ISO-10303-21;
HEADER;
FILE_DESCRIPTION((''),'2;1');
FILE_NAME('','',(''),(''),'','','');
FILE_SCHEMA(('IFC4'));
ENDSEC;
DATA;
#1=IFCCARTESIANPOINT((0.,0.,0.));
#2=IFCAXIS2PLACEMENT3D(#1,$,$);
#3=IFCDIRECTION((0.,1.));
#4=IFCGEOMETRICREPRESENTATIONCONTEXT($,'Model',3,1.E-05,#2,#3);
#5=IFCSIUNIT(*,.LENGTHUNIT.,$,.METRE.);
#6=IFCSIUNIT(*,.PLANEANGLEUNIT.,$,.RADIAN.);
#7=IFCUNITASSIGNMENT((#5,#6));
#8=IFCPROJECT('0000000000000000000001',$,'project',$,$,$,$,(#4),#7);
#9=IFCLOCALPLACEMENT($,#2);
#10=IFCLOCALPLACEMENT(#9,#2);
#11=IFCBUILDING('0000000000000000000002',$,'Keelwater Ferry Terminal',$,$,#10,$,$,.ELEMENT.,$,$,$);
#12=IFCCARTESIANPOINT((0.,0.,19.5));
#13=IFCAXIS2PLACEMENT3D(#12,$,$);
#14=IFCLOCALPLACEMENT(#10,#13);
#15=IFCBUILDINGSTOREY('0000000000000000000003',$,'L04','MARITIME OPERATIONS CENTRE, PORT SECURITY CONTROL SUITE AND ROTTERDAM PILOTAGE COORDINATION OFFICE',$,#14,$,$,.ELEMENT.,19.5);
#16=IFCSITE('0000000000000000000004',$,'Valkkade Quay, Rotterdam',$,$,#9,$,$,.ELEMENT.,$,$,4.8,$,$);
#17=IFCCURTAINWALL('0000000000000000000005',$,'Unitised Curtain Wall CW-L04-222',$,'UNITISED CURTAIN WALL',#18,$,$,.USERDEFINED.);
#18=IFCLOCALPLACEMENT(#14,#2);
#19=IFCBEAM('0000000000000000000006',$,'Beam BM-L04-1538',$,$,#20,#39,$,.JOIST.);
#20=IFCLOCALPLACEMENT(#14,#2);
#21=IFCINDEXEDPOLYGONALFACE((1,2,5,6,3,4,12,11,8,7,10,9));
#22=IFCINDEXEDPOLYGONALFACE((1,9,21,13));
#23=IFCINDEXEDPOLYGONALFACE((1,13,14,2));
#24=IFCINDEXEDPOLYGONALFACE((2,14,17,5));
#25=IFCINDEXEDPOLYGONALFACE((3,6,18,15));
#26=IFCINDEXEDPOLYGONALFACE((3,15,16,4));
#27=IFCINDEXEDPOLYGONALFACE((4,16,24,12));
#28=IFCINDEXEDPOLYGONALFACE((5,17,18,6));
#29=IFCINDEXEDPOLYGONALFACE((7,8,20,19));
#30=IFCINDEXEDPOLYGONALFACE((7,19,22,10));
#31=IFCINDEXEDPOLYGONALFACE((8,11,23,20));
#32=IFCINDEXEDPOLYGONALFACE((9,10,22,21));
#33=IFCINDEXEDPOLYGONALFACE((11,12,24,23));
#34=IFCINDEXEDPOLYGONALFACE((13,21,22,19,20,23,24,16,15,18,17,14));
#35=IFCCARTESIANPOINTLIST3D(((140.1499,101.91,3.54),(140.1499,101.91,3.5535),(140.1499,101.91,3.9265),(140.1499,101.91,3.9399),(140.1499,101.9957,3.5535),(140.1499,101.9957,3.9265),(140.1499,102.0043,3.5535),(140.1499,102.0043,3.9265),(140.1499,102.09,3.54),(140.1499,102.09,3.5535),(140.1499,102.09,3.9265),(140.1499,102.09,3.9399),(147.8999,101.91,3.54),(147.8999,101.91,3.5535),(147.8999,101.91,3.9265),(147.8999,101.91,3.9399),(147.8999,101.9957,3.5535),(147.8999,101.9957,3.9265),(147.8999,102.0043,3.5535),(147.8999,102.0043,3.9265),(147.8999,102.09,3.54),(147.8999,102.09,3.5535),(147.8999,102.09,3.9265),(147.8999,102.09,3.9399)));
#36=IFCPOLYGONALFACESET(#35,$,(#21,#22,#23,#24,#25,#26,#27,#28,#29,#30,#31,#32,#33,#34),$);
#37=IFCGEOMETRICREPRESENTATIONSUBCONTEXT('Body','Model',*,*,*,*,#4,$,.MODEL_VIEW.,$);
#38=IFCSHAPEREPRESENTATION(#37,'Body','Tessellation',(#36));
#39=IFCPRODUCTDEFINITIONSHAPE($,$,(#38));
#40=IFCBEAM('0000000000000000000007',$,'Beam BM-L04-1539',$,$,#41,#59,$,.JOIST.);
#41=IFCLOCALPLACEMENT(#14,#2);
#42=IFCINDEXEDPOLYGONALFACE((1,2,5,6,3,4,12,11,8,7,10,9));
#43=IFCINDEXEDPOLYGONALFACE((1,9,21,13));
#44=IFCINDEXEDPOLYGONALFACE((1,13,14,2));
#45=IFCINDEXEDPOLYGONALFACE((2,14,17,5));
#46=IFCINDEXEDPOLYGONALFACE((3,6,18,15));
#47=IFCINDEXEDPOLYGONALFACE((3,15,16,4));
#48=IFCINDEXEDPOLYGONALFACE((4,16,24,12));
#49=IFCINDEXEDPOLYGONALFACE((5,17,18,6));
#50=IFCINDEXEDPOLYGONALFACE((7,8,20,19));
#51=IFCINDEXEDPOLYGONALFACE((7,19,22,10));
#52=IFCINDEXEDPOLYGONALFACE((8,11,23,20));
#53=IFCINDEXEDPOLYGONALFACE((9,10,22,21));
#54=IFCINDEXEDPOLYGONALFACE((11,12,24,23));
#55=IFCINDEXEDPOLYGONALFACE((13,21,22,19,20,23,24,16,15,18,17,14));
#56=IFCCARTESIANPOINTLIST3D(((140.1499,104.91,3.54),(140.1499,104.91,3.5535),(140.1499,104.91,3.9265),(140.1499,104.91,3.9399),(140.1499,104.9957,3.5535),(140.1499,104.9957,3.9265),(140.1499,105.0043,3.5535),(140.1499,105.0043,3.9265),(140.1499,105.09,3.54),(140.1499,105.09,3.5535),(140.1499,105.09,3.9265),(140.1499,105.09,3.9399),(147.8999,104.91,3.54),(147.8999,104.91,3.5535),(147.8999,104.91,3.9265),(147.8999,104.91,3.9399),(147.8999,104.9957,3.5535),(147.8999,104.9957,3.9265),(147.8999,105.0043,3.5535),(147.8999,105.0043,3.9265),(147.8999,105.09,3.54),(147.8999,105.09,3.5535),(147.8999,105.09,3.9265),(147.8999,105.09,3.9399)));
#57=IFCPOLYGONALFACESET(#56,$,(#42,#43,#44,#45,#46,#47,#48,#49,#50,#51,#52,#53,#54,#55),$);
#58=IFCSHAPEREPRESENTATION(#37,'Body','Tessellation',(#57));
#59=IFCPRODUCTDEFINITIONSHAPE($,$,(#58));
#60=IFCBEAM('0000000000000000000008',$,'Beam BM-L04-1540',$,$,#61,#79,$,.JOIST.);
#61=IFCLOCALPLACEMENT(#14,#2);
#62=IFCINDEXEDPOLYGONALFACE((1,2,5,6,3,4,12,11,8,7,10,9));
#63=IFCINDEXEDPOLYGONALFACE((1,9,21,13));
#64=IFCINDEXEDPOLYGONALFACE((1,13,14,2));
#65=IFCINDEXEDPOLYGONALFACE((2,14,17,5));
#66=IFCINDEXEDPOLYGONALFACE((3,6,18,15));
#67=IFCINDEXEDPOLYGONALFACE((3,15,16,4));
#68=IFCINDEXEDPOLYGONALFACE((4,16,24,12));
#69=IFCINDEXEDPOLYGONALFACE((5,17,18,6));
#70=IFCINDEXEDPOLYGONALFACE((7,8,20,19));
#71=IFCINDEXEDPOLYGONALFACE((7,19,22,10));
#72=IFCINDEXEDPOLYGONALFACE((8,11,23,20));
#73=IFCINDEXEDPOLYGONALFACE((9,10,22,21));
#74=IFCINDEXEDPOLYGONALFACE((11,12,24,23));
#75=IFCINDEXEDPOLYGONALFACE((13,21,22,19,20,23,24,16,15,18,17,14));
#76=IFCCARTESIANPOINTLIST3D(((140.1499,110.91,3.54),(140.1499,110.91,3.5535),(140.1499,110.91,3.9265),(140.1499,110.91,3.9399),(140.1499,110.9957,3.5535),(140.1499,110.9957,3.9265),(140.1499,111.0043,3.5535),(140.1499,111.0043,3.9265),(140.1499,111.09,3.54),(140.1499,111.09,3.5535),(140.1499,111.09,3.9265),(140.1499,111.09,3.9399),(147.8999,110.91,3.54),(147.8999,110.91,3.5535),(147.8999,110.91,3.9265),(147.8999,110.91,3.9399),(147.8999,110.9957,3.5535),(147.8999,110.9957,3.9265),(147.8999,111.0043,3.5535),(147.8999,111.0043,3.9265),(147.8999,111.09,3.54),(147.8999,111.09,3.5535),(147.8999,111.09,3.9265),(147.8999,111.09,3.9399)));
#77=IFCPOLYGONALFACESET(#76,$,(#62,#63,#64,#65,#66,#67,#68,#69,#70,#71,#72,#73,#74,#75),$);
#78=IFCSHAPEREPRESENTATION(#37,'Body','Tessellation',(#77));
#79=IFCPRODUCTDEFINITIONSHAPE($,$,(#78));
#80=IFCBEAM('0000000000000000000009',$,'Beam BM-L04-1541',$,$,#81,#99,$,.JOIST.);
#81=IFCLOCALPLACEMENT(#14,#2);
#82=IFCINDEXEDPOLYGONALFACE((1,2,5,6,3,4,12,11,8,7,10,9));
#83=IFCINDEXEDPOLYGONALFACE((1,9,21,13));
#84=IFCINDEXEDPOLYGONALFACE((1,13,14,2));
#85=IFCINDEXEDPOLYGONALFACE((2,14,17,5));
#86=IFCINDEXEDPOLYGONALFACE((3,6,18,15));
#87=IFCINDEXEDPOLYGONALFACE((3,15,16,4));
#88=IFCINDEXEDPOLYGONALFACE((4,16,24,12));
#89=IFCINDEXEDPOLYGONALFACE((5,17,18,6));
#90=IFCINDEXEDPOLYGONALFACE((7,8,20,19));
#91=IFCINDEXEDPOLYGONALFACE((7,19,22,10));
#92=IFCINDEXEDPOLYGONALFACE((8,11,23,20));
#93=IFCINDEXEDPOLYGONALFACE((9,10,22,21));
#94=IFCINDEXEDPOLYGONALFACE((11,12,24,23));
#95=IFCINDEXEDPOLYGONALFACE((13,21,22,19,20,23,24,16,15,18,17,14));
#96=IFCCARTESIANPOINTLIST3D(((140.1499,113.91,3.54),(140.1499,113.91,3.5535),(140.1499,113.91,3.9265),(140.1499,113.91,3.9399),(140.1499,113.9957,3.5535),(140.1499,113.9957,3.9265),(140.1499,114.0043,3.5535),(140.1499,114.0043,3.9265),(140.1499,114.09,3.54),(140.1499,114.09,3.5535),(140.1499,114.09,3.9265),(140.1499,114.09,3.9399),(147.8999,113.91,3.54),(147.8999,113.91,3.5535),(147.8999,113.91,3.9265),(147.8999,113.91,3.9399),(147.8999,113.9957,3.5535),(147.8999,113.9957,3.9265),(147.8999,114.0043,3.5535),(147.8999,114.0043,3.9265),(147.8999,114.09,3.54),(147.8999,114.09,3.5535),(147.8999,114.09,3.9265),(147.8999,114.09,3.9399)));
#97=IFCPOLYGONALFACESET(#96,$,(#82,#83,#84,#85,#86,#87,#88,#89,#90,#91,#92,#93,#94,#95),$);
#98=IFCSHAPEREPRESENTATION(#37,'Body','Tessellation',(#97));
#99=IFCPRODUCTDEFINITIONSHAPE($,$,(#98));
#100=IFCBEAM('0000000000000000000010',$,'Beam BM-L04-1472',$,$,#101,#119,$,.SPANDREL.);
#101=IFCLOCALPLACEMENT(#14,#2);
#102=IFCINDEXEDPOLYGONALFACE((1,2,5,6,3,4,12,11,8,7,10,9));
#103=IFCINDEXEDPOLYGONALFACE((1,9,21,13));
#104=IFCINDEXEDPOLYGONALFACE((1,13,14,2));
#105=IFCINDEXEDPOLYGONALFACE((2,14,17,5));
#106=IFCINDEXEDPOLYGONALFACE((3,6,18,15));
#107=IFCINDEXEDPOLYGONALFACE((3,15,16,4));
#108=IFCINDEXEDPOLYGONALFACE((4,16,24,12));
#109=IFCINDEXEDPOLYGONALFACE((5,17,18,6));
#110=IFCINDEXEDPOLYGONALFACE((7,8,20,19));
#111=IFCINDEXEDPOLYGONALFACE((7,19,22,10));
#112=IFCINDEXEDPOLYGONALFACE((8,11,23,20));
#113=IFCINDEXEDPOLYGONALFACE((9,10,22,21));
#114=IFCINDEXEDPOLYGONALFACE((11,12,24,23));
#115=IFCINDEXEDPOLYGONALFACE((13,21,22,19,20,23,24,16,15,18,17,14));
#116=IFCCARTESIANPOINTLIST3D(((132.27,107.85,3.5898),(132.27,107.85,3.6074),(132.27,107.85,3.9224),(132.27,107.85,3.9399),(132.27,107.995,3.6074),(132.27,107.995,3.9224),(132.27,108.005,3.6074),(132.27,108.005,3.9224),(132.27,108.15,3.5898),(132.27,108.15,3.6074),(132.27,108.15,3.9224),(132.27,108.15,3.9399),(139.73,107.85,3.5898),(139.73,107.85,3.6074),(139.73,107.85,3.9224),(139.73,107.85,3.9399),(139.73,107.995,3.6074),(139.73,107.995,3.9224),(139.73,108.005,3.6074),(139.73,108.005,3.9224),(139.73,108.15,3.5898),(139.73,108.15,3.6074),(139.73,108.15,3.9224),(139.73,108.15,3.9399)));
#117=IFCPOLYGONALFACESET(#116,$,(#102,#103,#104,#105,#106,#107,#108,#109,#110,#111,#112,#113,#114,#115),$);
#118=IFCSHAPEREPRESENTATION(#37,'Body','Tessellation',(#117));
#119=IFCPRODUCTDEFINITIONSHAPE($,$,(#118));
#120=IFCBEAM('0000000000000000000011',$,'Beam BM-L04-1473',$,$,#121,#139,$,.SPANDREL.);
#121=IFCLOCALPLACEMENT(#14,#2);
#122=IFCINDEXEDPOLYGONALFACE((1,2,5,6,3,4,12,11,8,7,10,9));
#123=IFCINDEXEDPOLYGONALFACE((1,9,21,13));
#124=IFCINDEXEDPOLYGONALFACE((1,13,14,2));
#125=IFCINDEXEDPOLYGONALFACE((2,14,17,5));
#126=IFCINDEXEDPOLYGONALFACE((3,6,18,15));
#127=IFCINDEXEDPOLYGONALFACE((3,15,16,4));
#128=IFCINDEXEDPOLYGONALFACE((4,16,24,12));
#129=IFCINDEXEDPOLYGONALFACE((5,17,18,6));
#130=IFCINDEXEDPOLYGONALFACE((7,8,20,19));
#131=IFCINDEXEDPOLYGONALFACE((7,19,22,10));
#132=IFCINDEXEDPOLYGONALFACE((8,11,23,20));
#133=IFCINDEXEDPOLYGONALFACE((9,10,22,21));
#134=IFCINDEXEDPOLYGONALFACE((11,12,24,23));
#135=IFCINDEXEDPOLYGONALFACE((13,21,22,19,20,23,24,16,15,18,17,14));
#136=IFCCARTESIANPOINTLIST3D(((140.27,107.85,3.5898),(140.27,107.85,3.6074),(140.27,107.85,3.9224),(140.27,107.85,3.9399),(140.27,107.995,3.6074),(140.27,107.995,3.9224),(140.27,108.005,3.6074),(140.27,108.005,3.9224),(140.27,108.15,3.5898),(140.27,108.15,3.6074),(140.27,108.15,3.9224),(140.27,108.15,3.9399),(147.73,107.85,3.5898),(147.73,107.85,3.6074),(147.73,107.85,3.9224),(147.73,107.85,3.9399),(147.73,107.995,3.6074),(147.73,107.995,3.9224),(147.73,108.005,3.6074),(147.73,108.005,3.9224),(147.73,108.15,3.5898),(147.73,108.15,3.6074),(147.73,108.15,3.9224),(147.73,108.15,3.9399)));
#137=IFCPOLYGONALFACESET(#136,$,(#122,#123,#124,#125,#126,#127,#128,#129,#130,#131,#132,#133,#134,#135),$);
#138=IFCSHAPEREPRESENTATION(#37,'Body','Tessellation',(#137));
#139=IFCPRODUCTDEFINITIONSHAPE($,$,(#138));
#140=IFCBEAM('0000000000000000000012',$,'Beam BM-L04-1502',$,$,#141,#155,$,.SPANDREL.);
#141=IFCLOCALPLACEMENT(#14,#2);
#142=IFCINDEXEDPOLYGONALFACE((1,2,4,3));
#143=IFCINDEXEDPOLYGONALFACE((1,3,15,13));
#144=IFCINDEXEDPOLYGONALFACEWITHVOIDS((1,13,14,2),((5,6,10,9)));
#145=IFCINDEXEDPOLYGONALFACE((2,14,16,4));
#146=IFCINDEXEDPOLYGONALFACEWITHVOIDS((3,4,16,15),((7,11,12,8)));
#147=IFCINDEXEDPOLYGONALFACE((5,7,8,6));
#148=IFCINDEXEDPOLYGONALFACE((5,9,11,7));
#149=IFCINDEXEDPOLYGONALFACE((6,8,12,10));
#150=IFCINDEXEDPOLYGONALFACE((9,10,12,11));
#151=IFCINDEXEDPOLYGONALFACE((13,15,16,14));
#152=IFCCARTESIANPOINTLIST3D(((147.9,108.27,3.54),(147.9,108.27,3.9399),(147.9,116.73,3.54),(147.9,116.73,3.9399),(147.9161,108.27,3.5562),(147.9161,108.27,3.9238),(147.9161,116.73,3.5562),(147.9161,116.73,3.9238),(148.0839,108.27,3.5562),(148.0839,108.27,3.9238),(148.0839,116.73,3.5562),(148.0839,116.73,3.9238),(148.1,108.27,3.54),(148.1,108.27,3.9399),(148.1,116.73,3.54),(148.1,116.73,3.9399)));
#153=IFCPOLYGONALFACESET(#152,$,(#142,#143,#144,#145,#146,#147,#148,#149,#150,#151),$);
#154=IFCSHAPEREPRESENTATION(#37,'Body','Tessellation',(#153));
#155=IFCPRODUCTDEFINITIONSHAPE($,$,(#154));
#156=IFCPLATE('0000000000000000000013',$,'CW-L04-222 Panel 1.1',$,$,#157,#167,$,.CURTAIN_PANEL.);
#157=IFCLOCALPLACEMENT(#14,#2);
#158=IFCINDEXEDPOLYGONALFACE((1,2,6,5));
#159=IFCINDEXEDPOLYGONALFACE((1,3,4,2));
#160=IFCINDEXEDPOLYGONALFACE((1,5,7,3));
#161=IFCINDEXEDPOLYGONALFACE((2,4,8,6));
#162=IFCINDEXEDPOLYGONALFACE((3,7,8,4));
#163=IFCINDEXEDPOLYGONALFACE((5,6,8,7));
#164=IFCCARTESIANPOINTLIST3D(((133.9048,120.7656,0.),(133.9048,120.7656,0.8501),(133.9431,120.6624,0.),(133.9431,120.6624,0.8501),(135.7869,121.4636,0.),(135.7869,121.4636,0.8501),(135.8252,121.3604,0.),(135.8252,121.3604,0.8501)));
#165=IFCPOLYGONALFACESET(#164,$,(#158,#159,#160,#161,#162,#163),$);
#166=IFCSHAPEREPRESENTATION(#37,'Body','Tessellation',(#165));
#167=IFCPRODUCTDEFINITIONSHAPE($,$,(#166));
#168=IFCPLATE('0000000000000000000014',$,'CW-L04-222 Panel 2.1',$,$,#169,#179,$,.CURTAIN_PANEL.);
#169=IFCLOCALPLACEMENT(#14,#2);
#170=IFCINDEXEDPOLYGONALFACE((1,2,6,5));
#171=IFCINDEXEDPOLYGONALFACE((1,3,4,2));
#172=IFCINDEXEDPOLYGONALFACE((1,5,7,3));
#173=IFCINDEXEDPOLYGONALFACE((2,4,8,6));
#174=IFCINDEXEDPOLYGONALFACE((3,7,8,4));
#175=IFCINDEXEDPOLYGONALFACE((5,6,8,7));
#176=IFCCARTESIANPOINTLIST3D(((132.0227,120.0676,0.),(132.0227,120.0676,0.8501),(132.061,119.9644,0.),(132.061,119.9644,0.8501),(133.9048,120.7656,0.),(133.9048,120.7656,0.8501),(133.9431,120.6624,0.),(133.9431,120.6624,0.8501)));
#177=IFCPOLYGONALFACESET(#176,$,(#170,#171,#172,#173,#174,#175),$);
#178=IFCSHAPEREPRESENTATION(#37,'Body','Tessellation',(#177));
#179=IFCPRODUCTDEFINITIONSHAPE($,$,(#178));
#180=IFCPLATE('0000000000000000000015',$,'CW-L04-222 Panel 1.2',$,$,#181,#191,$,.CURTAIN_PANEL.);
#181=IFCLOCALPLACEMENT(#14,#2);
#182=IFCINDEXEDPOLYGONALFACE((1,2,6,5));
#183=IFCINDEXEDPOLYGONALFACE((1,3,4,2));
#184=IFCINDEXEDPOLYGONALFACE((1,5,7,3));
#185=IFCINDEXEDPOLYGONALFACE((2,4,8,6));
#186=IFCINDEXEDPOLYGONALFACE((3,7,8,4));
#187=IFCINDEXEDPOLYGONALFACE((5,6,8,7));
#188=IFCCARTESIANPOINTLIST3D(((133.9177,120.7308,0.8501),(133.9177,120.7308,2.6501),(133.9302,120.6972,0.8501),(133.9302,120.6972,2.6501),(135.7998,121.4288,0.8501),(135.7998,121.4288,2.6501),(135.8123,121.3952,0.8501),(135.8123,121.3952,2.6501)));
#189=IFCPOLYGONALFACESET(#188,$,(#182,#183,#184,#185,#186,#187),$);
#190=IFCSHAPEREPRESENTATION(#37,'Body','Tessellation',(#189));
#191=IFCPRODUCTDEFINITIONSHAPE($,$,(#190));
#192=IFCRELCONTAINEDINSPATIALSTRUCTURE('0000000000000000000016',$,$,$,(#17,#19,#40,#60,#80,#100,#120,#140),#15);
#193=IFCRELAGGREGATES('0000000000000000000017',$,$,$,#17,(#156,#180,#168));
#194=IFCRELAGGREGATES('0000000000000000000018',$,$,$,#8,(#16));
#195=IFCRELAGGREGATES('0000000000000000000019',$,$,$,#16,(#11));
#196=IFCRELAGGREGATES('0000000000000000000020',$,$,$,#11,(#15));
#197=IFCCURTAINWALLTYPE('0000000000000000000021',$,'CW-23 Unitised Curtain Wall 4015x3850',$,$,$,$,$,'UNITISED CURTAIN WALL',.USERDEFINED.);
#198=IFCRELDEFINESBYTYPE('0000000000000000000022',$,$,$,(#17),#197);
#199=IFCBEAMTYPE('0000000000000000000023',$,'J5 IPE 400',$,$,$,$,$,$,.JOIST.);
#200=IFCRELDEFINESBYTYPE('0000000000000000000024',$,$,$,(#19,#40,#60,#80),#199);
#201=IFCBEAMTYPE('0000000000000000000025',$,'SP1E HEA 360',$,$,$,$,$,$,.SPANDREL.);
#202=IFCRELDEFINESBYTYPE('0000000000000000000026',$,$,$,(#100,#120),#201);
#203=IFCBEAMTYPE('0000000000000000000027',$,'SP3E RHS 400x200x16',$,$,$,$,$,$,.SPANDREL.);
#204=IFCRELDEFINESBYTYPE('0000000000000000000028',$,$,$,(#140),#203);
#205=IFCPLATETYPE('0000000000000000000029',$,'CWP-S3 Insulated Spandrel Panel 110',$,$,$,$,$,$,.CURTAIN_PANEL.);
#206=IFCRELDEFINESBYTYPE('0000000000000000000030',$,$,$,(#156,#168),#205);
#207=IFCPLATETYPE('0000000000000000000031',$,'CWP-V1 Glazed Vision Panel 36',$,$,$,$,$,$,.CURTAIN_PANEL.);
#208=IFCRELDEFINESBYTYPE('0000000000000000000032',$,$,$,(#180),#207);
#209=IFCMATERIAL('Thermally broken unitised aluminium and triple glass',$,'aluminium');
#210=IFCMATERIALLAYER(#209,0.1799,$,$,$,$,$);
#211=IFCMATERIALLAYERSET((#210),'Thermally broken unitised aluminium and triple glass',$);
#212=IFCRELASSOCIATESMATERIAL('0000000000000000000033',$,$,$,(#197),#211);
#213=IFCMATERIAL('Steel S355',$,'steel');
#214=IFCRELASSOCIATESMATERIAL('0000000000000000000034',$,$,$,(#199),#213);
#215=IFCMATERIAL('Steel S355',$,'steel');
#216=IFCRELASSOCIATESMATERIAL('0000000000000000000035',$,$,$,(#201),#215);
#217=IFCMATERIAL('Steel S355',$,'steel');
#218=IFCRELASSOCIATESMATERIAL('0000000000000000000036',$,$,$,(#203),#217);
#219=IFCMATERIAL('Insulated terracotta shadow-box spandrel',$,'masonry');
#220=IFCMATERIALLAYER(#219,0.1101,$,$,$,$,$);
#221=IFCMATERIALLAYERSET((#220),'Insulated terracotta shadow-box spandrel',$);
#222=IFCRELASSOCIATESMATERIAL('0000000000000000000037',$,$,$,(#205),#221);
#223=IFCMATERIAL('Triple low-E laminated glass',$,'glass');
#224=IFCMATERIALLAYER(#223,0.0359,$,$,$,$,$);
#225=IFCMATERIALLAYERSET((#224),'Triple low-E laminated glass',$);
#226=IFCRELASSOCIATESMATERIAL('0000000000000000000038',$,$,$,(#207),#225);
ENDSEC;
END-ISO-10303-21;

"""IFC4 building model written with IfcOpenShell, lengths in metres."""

from ifc_helpers import new_model, si_unit, direction, frame, origin, origin_2d, place, context, subcontext, project, spatial, rectangle, hollow_rectangle, i_section, extrude, material, layer, layer_set, material_profile, profile_set, type_object, element, aggregate, save


model = new_model("IFC4")

# Units and contexts
model_context = context("Model", 3, precision=1e-05, world=origin(), true_north=direction((0.0, 1.0)))
body_context = subcontext(model_context, "Body", "Model", "MODEL_VIEW")
ifc_project = project(units=[si_unit("LENGTHUNIT", "METRE"), si_unit("PLANEANGLEUNIT", "RADIAN")], contexts=[model_context])

# Site, building, storey
site_placement = place(None, origin())
site = spatial("IfcSite", under=ifc_project, at=site_placement, Name="Valkkade Quay, Rotterdam", CompositionType="ELEMENT", RefElevation=4.8)
building_placement = place(site_placement, origin())
building = spatial("IfcBuilding", under=site, at=building_placement, Name="Keelwater Ferry Terminal", CompositionType="ELEMENT")
storey_placement = place(building_placement, frame((0.0, 0.0, 19.5)))
storey = spatial("IfcBuildingStorey", under=building, at=storey_placement, Name="L04", Description="MARITIME OPERATIONS CENTRE, PORT SECURITY CONTROL SUITE AND ROTTERDAM PILOTAGE COORDINATION OFFICE", CompositionType="ELEMENT", Elevation=19.5)

# Curtain wall
ifc_material_1 = material(Name="Thermally broken unitised aluminium and triple glass", Category="aluminium")
ifc_layer_1 = layer(ifc_material_1, 0.1799)
ifc_layer_set_1 = layer_set([ifc_layer_1], Name="Thermally broken unitised aluminium and triple glass")
curtain_wall_type = type_object("IfcCurtainWallType", Name="CW-23 Unitised Curtain Wall 4015x3850", ElementType="UNITISED CURTAIN WALL", PredefinedType="USERDEFINED", material=ifc_layer_set_1)
curtain_wall_placement = place(storey_placement, origin())
curtain_wall = element("IfcCurtainWall", 1, at=curtain_wall_placement, inside=storey, type_object=curtain_wall_type, Name="Unitised Curtain Wall CW-L04-222", ObjectType="UNITISED CURTAIN WALL", PredefinedType="USERDEFINED")

# Beams
ifc_material_2 = material(Name="Steel S355", Category="steel")
ifc_material_profile_1 = material_profile(ifc_material_2, i_section(OverallWidth=0.1799, OverallDepth=0.3999, WebThickness=0.0085, FlangeThickness=0.0134, at=origin_2d()), Name="IPE 400")
ifc_profile_set_1 = profile_set([ifc_material_profile_1], Name="Steel S355")
beam_type_1 = type_object("IfcBeamType", Name="J5 IPE 400", PredefinedType="JOIST", material=ifc_profile_set_1)
for number, where, z_axis, x_axis, name in (
    (2, (140.1499, 102.0, 3.74), (1.0, 0.0, 0.0), (0.0, 1.0, 0.0), "Beam BM-L04-1538"),
    (3, (140.1499, 105.0, 3.74), (1.0, 0.0, 0.0), (0.0, 1.0, 0.0), "Beam BM-L04-1539"),
    (4, (140.1499, 111.0, 3.74), (1.0, 0.0, 0.0), (0.0, 1.0, 0.0), "Beam BM-L04-1540"),
    (5, (140.1499, 114.0, 3.74), (1.0, 0.0, 0.0), (0.0, 1.0, 0.0), "Beam BM-L04-1541"),
):
    element("IfcBeam", number, at=place(storey_placement, frame(where, z_axis=z_axis, x_axis=x_axis)), inside=storey, type_object=beam_type_1, Name=name, PredefinedType="JOIST", context=body_context, shape_type="SweptSolid", body=[
        extrude(i_section(OverallWidth=0.1799, OverallDepth=0.3999, WebThickness=0.0085, FlangeThickness=0.0134, at=origin_2d()), origin(), (0.0, 0.0, 1.0), 7.75),
    ])
ifc_material_3 = material(Name="Steel S355", Category="steel")
ifc_material_profile_2 = material_profile(ifc_material_3, i_section(OverallWidth=0.3, OverallDepth=0.3501, WebThickness=0.01, FlangeThickness=0.0176, at=origin_2d()), Name="HEA 360")
ifc_profile_set_2 = profile_set([ifc_material_profile_2], Name="Steel S355")
beam_type_2 = type_object("IfcBeamType", Name="SP1E HEA 360", PredefinedType="SPANDREL", material=ifc_profile_set_2)
for number, where, z_axis, x_axis, name in (
    (6, (132.27, 108.0, 3.7649), (1.0, 0.0, 0.0), (0.0, 1.0, 0.0), "Beam BM-L04-1472"),
    (7, (140.27, 108.0, 3.7649), (1.0, 0.0, 0.0), (0.0, 1.0, 0.0), "Beam BM-L04-1473"),
):
    element("IfcBeam", number, at=place(storey_placement, frame(where, z_axis=z_axis, x_axis=x_axis)), inside=storey, type_object=beam_type_2, Name=name, PredefinedType="SPANDREL", context=body_context, shape_type="SweptSolid", body=[
        extrude(i_section(OverallWidth=0.3, OverallDepth=0.3501, WebThickness=0.01, FlangeThickness=0.0176, at=origin_2d()), origin(), (0.0, 0.0, 1.0), 7.46),
    ])
ifc_material_4 = material(Name="Steel S355", Category="steel")
ifc_material_profile_3 = material_profile(ifc_material_4, hollow_rectangle(XDim=0.2, YDim=0.3999, WallThickness=0.0161, at=origin_2d()), Name="RHS 400x200x16")
ifc_profile_set_3 = profile_set([ifc_material_profile_3], Name="Steel S355")
beam_type_3 = type_object("IfcBeamType", Name="SP3E RHS 400x200x16", PredefinedType="SPANDREL", material=ifc_profile_set_3)
beam_1_placement = place(storey_placement, frame((148.0, 108.27, 3.74), z_axis=(0.0, 1.0, 0.0), x_axis=(-1.0, 0.0, 0.0)))
element("IfcBeam", 8, at=beam_1_placement, inside=storey, type_object=beam_type_3, Name="Beam BM-L04-1502", PredefinedType="SPANDREL", context=body_context, shape_type="SweptSolid", body=[
    extrude(hollow_rectangle(XDim=0.2, YDim=0.3999, WallThickness=0.0161, at=origin_2d()), origin(), (0.0, 0.0, 1.0), 8.46),
])

# Plates
ifc_material_5 = material(Name="Insulated terracotta shadow-box spandrel", Category="masonry")
ifc_layer_2 = layer(ifc_material_5, 0.1101)
ifc_layer_set_2 = layer_set([ifc_layer_2], Name="Insulated terracotta shadow-box spandrel")
plate_type_1 = type_object("IfcPlateType", Name="CWP-S3 Insulated Spandrel Panel 110", PredefinedType="CURTAIN_PANEL", material=ifc_layer_set_2)
plate_1_placement = place(storey_placement, frame((134.865, 121.063, 0.0), z_axis=(0.0, 0.0, 1.0), x_axis=(-0.937592, -0.347736, 0.0)))
plate_1 = element("IfcPlate", 9, at=plate_1_placement, type_object=plate_type_1, Name="CW-L04-222 Panel 1.1", PredefinedType="CURTAIN_PANEL", context=body_context, shape_type="SweptSolid", body=[
    extrude(rectangle(XDim=2.0073, YDim=0.1101, at=origin_2d()), origin(), (0.0, 0.0, 1.0), 0.8501),
])
plate_2_placement = place(storey_placement, frame((132.9829, 120.365, 0.0), z_axis=(0.0, 0.0, 1.0), x_axis=(-0.937592, -0.347736, 0.0)))
plate_2 = element("IfcPlate", 10, at=plate_2_placement, type_object=plate_type_1, Name="CW-L04-222 Panel 2.1", PredefinedType="CURTAIN_PANEL", context=body_context, shape_type="SweptSolid", body=[
    extrude(rectangle(XDim=2.0073, YDim=0.1101, at=origin_2d()), origin(), (0.0, 0.0, 1.0), 0.8501),
])
ifc_material_6 = material(Name="Triple low-E laminated glass", Category="glass")
ifc_layer_3 = layer(ifc_material_6, 0.0359)
ifc_layer_set_3 = layer_set([ifc_layer_3], Name="Triple low-E laminated glass")
plate_type_2 = type_object("IfcPlateType", Name="CWP-V1 Glazed Vision Panel 36", PredefinedType="CURTAIN_PANEL", material=ifc_layer_set_3)
plate_3_placement = place(storey_placement, frame((134.865, 121.063, 0.8501), z_axis=(0.0, 0.0, 1.0), x_axis=(-0.937592, -0.347736, 0.0)))
plate_3 = element("IfcPlate", 11, at=plate_3_placement, type_object=plate_type_2, Name="CW-L04-222 Panel 1.2", PredefinedType="CURTAIN_PANEL", context=body_context, shape_type="SweptSolid", body=[
    extrude(rectangle(XDim=2.0073, YDim=0.0359, at=origin_2d()), origin(), (0.0, 0.0, 1.0), 1.8),
])
aggregate(curtain_wall, [plate_1, plate_3, plate_2])

save(model, "model.ifc")
